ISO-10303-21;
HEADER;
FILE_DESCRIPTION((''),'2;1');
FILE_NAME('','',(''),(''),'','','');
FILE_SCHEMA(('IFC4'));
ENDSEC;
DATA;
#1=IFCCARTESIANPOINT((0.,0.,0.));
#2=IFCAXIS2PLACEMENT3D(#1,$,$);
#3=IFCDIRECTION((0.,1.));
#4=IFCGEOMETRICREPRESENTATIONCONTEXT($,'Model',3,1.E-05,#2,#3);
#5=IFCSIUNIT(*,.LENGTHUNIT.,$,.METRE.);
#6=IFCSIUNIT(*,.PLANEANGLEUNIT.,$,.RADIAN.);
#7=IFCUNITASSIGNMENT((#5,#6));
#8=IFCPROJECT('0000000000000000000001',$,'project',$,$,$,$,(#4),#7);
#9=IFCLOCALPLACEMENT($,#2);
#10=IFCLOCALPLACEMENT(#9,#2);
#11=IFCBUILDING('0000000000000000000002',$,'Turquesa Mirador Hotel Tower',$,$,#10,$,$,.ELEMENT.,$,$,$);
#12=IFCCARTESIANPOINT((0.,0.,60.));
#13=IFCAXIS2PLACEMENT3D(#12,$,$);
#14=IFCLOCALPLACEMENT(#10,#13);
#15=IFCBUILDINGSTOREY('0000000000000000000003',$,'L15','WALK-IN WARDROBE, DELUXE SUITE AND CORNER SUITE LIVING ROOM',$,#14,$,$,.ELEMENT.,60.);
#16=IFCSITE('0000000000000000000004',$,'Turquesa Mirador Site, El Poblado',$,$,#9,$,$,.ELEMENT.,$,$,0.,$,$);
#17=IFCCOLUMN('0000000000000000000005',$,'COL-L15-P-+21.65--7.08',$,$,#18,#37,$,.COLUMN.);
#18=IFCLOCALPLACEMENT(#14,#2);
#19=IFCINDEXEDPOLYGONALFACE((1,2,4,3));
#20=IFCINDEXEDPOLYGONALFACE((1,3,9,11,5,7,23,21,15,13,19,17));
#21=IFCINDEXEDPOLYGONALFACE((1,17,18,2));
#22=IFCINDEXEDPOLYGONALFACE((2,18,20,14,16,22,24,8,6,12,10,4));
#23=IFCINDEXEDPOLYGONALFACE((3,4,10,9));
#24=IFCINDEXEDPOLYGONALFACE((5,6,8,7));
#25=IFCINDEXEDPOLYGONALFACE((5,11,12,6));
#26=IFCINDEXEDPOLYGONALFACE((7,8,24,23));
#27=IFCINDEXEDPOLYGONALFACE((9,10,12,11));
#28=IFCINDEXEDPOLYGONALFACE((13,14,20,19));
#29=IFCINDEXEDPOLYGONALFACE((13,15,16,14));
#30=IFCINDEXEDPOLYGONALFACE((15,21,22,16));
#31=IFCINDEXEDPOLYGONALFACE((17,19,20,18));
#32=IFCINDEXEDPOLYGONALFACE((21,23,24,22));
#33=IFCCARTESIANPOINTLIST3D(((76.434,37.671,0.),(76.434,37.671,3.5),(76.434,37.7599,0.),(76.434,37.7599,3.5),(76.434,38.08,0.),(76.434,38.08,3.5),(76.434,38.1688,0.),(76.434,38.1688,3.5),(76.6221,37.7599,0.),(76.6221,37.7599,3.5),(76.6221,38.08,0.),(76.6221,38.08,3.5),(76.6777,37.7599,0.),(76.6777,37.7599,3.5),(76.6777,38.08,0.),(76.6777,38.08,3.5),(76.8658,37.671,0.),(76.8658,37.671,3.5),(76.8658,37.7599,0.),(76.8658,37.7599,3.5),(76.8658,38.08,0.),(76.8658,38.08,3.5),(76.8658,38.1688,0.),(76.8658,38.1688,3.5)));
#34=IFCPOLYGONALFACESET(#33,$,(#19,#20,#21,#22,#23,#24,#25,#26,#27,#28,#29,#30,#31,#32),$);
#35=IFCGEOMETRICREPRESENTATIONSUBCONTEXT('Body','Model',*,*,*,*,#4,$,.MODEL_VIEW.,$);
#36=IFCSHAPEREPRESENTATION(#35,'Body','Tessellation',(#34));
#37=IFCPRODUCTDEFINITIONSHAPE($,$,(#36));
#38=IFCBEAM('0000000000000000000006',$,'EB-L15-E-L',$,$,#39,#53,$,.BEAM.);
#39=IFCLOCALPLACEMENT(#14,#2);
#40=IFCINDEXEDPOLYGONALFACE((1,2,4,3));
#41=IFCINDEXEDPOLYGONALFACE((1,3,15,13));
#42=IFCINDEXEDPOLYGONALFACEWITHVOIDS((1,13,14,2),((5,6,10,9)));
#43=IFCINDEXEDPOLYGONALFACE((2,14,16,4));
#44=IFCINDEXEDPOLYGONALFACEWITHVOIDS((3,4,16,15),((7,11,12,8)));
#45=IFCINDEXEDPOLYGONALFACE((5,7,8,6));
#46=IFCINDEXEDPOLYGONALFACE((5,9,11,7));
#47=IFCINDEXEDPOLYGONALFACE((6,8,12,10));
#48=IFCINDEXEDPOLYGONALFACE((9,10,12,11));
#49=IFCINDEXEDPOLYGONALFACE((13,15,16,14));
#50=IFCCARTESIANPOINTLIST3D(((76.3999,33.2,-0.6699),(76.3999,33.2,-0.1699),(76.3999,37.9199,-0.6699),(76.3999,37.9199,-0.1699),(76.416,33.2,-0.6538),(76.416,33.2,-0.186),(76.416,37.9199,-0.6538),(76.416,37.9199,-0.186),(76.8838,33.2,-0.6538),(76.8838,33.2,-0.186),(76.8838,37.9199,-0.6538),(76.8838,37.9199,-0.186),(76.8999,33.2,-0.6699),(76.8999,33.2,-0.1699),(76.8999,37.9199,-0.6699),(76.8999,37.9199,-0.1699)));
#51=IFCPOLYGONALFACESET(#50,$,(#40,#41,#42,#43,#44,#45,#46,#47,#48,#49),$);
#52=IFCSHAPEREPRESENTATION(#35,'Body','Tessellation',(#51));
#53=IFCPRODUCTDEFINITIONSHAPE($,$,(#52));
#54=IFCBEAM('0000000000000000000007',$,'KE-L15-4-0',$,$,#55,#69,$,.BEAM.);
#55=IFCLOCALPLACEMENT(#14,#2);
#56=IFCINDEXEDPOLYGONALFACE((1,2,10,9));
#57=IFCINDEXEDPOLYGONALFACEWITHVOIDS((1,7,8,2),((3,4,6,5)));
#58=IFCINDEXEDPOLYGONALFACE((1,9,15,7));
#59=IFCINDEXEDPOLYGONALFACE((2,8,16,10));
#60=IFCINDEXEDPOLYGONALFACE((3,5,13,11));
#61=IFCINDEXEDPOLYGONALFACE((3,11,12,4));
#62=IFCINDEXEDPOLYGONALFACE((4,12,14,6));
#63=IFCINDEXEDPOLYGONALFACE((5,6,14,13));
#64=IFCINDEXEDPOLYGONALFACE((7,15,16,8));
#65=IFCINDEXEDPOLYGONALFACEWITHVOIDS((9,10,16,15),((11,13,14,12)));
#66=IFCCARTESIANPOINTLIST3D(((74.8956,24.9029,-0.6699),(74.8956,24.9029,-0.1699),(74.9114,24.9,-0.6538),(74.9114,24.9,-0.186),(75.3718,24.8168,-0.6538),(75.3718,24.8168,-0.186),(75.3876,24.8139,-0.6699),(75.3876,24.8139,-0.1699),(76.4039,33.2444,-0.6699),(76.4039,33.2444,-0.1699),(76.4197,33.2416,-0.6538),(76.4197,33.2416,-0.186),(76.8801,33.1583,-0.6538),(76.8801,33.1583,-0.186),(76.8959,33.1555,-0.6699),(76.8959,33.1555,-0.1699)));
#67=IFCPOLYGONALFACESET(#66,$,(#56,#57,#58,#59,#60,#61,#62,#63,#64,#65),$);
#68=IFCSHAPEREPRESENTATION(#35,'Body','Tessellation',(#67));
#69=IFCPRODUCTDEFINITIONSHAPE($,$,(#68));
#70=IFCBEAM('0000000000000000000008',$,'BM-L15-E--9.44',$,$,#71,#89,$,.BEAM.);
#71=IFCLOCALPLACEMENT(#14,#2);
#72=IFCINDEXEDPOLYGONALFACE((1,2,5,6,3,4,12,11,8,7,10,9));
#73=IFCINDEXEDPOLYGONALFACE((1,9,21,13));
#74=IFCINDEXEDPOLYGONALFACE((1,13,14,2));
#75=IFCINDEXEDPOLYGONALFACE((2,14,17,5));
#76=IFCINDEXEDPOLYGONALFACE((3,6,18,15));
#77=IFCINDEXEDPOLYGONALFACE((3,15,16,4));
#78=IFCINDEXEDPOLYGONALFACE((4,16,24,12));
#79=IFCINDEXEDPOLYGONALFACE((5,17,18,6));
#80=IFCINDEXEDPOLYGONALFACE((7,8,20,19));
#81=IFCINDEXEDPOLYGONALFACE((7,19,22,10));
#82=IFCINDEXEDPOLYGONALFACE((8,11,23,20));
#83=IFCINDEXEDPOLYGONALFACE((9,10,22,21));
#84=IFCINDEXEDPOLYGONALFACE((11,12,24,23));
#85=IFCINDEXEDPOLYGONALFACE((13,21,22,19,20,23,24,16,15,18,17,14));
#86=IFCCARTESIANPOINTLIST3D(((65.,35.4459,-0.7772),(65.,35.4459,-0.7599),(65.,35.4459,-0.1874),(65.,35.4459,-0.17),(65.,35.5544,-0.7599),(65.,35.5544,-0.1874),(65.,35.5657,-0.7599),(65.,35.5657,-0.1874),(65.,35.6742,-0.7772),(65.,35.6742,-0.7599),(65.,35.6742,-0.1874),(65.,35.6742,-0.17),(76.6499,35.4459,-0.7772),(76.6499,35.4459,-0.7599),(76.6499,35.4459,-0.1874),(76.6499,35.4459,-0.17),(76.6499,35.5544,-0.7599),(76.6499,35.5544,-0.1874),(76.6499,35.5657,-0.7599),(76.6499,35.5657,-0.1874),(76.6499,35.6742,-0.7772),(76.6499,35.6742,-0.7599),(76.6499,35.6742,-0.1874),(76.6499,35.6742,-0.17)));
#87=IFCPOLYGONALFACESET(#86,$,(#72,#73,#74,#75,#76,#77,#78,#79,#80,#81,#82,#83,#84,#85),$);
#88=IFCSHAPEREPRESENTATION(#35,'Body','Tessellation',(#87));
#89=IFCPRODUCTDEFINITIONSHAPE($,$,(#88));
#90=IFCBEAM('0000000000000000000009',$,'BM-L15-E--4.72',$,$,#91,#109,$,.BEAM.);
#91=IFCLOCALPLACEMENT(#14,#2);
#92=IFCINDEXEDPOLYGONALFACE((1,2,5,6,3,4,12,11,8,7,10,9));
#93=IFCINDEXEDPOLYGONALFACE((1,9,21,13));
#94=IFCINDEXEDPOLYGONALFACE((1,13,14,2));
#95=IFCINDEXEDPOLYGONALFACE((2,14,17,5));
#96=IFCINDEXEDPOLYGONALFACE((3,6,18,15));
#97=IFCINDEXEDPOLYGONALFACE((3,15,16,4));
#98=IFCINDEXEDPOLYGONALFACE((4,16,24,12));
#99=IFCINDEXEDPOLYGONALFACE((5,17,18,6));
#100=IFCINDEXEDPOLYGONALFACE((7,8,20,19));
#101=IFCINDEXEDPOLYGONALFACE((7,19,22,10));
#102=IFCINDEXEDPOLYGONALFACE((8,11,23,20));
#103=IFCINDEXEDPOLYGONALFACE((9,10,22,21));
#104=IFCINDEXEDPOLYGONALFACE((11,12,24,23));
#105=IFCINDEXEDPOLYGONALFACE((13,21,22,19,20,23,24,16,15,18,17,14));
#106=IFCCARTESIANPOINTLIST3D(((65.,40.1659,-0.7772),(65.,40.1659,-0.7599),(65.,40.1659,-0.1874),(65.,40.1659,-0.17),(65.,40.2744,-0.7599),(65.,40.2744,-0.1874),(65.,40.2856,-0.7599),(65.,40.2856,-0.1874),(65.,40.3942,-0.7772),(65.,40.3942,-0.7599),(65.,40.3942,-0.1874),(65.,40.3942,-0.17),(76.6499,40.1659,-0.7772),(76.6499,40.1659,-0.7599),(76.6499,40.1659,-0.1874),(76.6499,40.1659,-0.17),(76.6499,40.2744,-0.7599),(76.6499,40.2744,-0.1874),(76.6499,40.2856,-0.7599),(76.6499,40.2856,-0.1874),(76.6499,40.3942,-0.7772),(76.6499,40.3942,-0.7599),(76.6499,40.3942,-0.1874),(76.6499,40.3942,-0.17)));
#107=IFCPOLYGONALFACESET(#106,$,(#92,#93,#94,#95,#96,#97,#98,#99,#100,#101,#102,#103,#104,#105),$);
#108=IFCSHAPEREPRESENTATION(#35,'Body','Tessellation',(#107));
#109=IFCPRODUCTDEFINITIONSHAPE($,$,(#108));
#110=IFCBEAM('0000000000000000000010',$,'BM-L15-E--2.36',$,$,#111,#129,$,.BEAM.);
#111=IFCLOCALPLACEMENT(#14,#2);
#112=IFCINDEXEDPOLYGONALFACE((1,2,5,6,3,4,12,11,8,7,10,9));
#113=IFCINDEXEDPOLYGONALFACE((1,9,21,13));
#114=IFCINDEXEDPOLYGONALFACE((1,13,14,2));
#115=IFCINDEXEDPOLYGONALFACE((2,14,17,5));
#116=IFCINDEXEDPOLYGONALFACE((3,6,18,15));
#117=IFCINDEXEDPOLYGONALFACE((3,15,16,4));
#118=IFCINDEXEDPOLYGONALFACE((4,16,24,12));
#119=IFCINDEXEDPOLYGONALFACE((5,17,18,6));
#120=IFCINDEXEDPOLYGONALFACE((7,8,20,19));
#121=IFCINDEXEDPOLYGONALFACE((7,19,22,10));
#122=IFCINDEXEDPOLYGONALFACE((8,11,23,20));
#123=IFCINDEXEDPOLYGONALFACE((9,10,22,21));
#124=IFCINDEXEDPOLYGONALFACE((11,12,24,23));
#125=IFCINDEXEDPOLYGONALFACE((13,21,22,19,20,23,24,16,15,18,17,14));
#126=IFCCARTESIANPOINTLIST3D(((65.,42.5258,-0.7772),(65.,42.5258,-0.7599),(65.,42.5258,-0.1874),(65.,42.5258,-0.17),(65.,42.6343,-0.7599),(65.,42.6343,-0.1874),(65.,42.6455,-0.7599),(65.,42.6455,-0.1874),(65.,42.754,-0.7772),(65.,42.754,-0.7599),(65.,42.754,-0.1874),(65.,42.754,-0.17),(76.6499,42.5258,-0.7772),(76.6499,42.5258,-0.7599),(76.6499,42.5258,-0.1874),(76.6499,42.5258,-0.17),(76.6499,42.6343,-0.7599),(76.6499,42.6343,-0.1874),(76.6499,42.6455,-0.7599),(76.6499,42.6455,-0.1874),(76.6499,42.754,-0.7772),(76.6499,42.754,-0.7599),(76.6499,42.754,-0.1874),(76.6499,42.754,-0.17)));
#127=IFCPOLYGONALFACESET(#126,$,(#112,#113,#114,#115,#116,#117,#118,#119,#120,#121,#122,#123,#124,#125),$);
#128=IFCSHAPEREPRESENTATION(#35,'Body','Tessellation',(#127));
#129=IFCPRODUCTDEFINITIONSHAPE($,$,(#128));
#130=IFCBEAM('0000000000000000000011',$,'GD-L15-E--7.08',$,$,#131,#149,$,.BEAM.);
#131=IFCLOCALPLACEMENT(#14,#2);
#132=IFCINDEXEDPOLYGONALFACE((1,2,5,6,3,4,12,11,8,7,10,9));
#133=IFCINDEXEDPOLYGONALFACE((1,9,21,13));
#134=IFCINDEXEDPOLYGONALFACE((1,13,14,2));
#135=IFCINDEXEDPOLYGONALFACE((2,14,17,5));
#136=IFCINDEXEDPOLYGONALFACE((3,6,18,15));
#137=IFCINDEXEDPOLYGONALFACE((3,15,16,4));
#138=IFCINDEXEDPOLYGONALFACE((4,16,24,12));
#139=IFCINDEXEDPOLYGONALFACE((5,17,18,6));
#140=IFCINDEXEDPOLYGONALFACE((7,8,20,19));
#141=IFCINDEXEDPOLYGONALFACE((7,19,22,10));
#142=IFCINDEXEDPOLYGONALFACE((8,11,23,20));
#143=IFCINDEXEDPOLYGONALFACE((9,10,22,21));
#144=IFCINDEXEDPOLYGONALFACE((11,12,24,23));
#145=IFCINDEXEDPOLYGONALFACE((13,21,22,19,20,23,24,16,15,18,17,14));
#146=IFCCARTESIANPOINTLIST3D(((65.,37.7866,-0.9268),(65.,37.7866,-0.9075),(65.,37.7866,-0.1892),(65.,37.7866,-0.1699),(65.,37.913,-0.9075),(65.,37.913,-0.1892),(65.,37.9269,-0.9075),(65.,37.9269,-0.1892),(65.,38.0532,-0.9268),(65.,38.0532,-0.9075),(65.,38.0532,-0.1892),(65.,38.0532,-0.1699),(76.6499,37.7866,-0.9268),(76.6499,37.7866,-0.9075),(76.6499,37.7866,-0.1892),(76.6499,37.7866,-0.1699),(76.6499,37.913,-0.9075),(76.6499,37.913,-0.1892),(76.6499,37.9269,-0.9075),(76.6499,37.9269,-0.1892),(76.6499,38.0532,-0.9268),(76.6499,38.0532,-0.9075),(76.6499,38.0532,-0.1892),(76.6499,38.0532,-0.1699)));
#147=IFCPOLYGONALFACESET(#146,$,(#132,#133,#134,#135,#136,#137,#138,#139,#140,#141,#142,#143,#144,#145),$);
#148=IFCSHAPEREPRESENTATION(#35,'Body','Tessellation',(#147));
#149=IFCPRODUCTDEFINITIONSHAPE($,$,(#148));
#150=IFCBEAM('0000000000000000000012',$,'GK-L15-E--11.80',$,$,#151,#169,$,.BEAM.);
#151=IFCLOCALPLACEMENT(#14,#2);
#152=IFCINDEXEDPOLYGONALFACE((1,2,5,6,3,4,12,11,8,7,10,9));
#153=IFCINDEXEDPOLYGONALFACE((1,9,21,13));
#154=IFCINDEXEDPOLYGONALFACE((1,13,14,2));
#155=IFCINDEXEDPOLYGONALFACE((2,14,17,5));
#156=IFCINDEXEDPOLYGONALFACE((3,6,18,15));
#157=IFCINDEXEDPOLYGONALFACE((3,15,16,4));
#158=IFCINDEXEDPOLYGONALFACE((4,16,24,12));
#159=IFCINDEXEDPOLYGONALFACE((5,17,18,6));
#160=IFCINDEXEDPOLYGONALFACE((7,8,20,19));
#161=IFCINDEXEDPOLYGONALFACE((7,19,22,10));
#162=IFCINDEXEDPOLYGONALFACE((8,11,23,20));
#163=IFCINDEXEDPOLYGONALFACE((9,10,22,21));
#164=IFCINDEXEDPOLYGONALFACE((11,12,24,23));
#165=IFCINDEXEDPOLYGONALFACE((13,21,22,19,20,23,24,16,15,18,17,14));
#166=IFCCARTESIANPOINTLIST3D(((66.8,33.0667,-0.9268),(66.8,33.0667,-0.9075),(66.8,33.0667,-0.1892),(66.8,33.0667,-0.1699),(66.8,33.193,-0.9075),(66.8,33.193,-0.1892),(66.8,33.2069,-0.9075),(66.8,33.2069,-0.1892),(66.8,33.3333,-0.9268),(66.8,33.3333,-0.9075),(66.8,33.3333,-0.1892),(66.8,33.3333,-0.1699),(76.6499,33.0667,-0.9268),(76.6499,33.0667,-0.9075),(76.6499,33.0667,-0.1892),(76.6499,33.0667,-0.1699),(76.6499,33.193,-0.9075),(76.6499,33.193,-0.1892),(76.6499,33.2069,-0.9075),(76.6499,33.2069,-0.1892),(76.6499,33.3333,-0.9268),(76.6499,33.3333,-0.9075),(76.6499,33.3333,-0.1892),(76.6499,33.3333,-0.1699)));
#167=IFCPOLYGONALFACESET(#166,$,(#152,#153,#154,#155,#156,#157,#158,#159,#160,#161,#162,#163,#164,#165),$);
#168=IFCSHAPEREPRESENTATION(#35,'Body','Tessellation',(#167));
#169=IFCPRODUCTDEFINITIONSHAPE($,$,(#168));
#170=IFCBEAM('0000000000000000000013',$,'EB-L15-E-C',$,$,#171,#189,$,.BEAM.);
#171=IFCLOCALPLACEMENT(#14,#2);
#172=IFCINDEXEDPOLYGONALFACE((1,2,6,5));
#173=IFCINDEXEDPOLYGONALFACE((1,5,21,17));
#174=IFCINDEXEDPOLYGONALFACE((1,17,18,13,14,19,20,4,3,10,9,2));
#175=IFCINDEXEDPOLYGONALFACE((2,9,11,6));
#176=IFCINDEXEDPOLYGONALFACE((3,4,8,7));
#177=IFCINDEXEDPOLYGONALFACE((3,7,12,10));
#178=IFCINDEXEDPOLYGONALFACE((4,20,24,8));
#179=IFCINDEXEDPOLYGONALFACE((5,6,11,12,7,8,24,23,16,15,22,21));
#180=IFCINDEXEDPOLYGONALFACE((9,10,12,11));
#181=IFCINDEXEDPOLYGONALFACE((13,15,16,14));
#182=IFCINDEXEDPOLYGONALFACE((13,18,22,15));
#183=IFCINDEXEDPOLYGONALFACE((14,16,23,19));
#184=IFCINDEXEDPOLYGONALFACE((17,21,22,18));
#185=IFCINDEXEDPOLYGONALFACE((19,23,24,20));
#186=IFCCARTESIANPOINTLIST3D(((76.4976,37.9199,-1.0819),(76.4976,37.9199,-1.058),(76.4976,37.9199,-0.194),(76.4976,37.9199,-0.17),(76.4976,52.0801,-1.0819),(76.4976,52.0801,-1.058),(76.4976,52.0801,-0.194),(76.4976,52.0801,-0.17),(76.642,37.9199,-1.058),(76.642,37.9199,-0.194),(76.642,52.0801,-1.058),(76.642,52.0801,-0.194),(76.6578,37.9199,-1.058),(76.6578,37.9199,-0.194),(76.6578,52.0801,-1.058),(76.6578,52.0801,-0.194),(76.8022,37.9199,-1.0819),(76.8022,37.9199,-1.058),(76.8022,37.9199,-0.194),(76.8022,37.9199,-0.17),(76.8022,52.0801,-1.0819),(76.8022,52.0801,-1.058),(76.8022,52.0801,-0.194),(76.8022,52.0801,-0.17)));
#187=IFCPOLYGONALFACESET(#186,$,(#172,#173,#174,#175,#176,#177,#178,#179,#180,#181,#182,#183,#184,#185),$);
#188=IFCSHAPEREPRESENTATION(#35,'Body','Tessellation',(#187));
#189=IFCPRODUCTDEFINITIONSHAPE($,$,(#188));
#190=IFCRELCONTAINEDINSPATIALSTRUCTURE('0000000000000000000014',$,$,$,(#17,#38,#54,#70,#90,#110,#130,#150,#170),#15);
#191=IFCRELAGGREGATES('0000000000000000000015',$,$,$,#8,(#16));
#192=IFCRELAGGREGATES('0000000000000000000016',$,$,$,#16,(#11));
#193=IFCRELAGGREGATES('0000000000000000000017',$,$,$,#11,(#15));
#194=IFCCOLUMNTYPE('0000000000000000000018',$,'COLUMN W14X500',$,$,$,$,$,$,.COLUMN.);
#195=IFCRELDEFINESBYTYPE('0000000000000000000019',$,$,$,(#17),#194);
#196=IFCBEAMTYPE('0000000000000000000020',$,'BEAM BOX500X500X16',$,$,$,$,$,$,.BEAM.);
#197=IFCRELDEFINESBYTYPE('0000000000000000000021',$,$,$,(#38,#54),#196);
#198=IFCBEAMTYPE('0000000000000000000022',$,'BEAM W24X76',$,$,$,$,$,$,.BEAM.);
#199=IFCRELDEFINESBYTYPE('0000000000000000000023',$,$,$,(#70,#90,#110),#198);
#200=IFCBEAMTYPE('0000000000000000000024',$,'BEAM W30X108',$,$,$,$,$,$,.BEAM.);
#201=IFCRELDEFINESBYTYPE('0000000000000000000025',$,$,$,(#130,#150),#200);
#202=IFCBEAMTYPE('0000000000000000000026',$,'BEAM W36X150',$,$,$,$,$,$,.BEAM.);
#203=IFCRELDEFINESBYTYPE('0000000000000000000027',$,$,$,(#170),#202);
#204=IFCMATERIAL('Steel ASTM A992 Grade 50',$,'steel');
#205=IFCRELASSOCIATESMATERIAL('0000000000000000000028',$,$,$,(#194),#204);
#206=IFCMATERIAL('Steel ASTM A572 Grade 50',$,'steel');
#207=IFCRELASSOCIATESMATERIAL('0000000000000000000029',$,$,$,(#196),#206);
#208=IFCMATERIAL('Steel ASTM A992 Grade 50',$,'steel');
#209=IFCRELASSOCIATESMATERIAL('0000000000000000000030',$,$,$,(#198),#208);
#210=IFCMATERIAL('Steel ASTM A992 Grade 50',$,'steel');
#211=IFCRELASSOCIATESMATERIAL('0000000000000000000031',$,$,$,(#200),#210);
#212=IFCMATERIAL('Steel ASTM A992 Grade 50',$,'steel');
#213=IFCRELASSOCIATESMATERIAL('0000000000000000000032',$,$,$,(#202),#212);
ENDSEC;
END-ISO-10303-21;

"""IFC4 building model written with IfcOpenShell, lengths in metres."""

from ifc_helpers import new_model, si_unit, direction, frame, origin, origin_2d, place, context, subcontext, project, spatial, hollow_rectangle, i_section, extrude, material, material_profile, profile_set, type_object, element, save


model = new_model("IFC4")

# Units and contexts
model_context = context("Model", 3, precision=1e-05, world=origin(), true_north=direction((0.0, 1.0)))
body_context = subcontext(model_context, "Body", "Model", "MODEL_VIEW")
ifc_project = project(units=[si_unit("LENGTHUNIT", "METRE"), si_unit("PLANEANGLEUNIT", "RADIAN")], contexts=[model_context])

# Site, building, storey
site_placement = place(None, origin())
site = spatial("IfcSite", under=ifc_project, at=site_placement, Name="Turquesa Mirador Site, El Poblado", CompositionType="ELEMENT", RefElevation=0.0)
building_placement = place(site_placement, origin())
building = spatial("IfcBuilding", under=site, at=building_placement, Name="Turquesa Mirador Hotel Tower", CompositionType="ELEMENT")
storey_placement = place(building_placement, frame((0.0, 0.0, 60.0)))
storey = spatial("IfcBuildingStorey", under=building, at=storey_placement, Name="L15", Description="WALK-IN WARDROBE, DELUXE SUITE AND CORNER SUITE LIVING ROOM", CompositionType="ELEMENT", Elevation=60.0)

# Column
ifc_material_1 = material(Name="Steel ASTM A992 Grade 50", Category="steel")
ifc_material_profile_1 = material_profile(ifc_material_1, i_section(OverallWidth=0.4319, OverallDepth=0.4978, WebThickness=0.0557, FlangeThickness=0.0889, at=origin_2d()), Name="W14X500")
ifc_profile_set_1 = profile_set([ifc_material_profile_1], Name="Steel ASTM A992 Grade 50")
column_type = type_object("IfcColumnType", Name="COLUMN W14X500", PredefinedType="COLUMN", material=ifc_profile_set_1)
column_placement = place(storey_placement, frame((76.6499, 37.9199, 0.0), z_axis=(0.0, 0.0, 1.0), x_axis=(1.0, 0.0, 0.0)))
element("IfcColumn", 1, at=column_placement, inside=storey, type_object=column_type, Name="COL-L15-P-+21.65--7.08", PredefinedType="COLUMN", context=body_context, shape_type="SweptSolid", body=[
    extrude(i_section(OverallWidth=0.4319, OverallDepth=0.4978, WebThickness=0.0557, FlangeThickness=0.0889, at=origin_2d()), origin(), (0.0, 0.0, 1.0), 3.5),
])

# Beams
ifc_material_2 = material(Name="Steel ASTM A572 Grade 50", Category="steel")
ifc_material_profile_2 = material_profile(ifc_material_2, hollow_rectangle(XDim=0.5, YDim=0.5, WallThickness=0.0161, at=origin_2d()), Name="BOX500X500X16")
ifc_profile_set_2 = profile_set([ifc_material_profile_2], Name="Steel ASTM A572 Grade 50")
beam_type_1 = type_object("IfcBeamType", Name="BEAM BOX500X500X16", PredefinedType="BEAM", material=ifc_profile_set_2)
beam_1_placement = place(storey_placement, frame((76.6499, 33.2, -0.4199), z_axis=(0.0, 1.0, 0.0), x_axis=(-1.0, 0.0, 0.0)))
element("IfcBeam", 2, at=beam_1_placement, inside=storey, type_object=beam_type_1, Name="EB-L15-E-L", PredefinedType="BEAM", context=body_context, shape_type="SweptSolid", body=[
    extrude(hollow_rectangle(XDim=0.5, YDim=0.5, WallThickness=0.0161, at=origin_2d()), origin(), (0.0, 0.0, 1.0), 4.72),
])
beam_2_placement = place(storey_placement, frame((76.6499, 33.2, -0.4199), z_axis=(-0.177932, -0.984043, 0.0), x_axis=(0.984043, -0.177932, 0.0)))
element("IfcBeam", 3, at=beam_2_placement, inside=storey, type_object=beam_type_1, Name="KE-L15-4-0", PredefinedType="BEAM", context=body_context, shape_type="SweptSolid", body=[
    extrude(hollow_rectangle(XDim=0.5, YDim=0.5, WallThickness=0.0161, at=origin_2d()), origin(), (0.0, 0.0, 1.0), 8.4768),
])
ifc_material_3 = material(Name="Steel ASTM A992 Grade 50", Category="steel")
ifc_material_profile_3 = material_profile(ifc_material_3, i_section(OverallWidth=0.2283, OverallDepth=0.6072, WebThickness=0.0112, FlangeThickness=0.0173, at=origin_2d()), Name="W24X76")
ifc_profile_set_3 = profile_set([ifc_material_profile_3], Name="Steel ASTM A992 Grade 50")
beam_type_2 = type_object("IfcBeamType", Name="BEAM W24X76", PredefinedType="BEAM", material=ifc_profile_set_3)
for number, where, z_axis, x_axis, name in (
    (4, (76.6499, 35.5601, -0.4736), (-1.0, 0.0, 0.0), (0.0, -1.0, 0.0), "BM-L15-E--9.44"),
    (5, (76.6499, 40.28, -0.4736), (-1.0, 0.0, 0.0), (0.0, -1.0, 0.0), "BM-L15-E--4.72"),
    (6, (76.6499, 42.6399, -0.4736), (-1.0, 0.0, 0.0), (0.0, -1.0, 0.0), "BM-L15-E--2.36"),
):
    element("IfcBeam", number, at=place(storey_placement, frame(where, z_axis=z_axis, x_axis=x_axis)), inside=storey, type_object=beam_type_2, Name=name, PredefinedType="BEAM", context=body_context, shape_type="SweptSolid", body=[
        extrude(i_section(OverallWidth=0.2283, OverallDepth=0.6072, WebThickness=0.0112, FlangeThickness=0.0173, at=origin_2d()), origin(), (0.0, 0.0, 1.0), 11.6499),
    ])
ifc_material_4 = material(Name="Steel ASTM A992 Grade 50", Category="steel")
ifc_material_profile_4 = material_profile(ifc_material_4, i_section(OverallWidth=0.2666, OverallDepth=0.7568, WebThickness=0.0139, FlangeThickness=0.0193, at=origin_2d()), Name="W30X108")
ifc_profile_set_4 = profile_set([ifc_material_profile_4], Name="Steel ASTM A992 Grade 50")
beam_type_3 = type_object("IfcBeamType", Name="BEAM W30X108", PredefinedType="BEAM", material=ifc_profile_set_4)
beam_3_placement = place(storey_placement, frame((76.6499, 37.9199, -0.5483), z_axis=(-1.0, 0.0, 0.0), x_axis=(0.0, -1.0, 0.0)))
element("IfcBeam", 7, at=beam_3_placement, inside=storey, type_object=beam_type_3, Name="GD-L15-E--7.08", PredefinedType="BEAM", context=body_context, shape_type="SweptSolid", body=[
    extrude(i_section(OverallWidth=0.2666, OverallDepth=0.7568, WebThickness=0.0139, FlangeThickness=0.0193, at=origin_2d()), origin(), (0.0, 0.0, 1.0), 11.6499),
])
beam_4_placement = place(storey_placement, frame((76.6499, 33.2, -0.5483), z_axis=(-1.0, 0.0, 0.0), x_axis=(0.0, -1.0, 0.0)))
element("IfcBeam", 8, at=beam_4_placement, inside=storey, type_object=beam_type_3, Name="GK-L15-E--11.80", PredefinedType="BEAM", context=body_context, shape_type="SweptSolid", body=[
    extrude(i_section(OverallWidth=0.2666, OverallDepth=0.7568, WebThickness=0.0139, FlangeThickness=0.0193, at=origin_2d()), origin(), (0.0, 0.0, 1.0), 9.8499),
])
ifc_material_5 = material(Name="Steel ASTM A992 Grade 50", Category="steel")
ifc_material_profile_5 = material_profile(ifc_material_5, i_section(OverallWidth=0.3047, OverallDepth=0.9119, WebThickness=0.0159, FlangeThickness=0.0239, at=origin_2d()), Name="W36X150")
ifc_profile_set_5 = profile_set([ifc_material_profile_5], Name="Steel ASTM A992 Grade 50")
beam_type_4 = type_object("IfcBeamType", Name="BEAM W36X150", PredefinedType="BEAM", material=ifc_profile_set_5)
beam_5_placement = place(storey_placement, frame((76.6499, 37.9199, -0.626), z_axis=(0.0, 1.0, 0.0), x_axis=(-1.0, 0.0, 0.0)))
element("IfcBeam", 9, at=beam_5_placement, inside=storey, type_object=beam_type_4, Name="EB-L15-E-C", PredefinedType="BEAM", context=body_context, shape_type="SweptSolid", body=[
    extrude(i_section(OverallWidth=0.3047, OverallDepth=0.9119, WebThickness=0.0159, FlangeThickness=0.0239, at=origin_2d()), origin(), (0.0, 0.0, 1.0), 14.1602),
])

save(model, "model.ifc")
